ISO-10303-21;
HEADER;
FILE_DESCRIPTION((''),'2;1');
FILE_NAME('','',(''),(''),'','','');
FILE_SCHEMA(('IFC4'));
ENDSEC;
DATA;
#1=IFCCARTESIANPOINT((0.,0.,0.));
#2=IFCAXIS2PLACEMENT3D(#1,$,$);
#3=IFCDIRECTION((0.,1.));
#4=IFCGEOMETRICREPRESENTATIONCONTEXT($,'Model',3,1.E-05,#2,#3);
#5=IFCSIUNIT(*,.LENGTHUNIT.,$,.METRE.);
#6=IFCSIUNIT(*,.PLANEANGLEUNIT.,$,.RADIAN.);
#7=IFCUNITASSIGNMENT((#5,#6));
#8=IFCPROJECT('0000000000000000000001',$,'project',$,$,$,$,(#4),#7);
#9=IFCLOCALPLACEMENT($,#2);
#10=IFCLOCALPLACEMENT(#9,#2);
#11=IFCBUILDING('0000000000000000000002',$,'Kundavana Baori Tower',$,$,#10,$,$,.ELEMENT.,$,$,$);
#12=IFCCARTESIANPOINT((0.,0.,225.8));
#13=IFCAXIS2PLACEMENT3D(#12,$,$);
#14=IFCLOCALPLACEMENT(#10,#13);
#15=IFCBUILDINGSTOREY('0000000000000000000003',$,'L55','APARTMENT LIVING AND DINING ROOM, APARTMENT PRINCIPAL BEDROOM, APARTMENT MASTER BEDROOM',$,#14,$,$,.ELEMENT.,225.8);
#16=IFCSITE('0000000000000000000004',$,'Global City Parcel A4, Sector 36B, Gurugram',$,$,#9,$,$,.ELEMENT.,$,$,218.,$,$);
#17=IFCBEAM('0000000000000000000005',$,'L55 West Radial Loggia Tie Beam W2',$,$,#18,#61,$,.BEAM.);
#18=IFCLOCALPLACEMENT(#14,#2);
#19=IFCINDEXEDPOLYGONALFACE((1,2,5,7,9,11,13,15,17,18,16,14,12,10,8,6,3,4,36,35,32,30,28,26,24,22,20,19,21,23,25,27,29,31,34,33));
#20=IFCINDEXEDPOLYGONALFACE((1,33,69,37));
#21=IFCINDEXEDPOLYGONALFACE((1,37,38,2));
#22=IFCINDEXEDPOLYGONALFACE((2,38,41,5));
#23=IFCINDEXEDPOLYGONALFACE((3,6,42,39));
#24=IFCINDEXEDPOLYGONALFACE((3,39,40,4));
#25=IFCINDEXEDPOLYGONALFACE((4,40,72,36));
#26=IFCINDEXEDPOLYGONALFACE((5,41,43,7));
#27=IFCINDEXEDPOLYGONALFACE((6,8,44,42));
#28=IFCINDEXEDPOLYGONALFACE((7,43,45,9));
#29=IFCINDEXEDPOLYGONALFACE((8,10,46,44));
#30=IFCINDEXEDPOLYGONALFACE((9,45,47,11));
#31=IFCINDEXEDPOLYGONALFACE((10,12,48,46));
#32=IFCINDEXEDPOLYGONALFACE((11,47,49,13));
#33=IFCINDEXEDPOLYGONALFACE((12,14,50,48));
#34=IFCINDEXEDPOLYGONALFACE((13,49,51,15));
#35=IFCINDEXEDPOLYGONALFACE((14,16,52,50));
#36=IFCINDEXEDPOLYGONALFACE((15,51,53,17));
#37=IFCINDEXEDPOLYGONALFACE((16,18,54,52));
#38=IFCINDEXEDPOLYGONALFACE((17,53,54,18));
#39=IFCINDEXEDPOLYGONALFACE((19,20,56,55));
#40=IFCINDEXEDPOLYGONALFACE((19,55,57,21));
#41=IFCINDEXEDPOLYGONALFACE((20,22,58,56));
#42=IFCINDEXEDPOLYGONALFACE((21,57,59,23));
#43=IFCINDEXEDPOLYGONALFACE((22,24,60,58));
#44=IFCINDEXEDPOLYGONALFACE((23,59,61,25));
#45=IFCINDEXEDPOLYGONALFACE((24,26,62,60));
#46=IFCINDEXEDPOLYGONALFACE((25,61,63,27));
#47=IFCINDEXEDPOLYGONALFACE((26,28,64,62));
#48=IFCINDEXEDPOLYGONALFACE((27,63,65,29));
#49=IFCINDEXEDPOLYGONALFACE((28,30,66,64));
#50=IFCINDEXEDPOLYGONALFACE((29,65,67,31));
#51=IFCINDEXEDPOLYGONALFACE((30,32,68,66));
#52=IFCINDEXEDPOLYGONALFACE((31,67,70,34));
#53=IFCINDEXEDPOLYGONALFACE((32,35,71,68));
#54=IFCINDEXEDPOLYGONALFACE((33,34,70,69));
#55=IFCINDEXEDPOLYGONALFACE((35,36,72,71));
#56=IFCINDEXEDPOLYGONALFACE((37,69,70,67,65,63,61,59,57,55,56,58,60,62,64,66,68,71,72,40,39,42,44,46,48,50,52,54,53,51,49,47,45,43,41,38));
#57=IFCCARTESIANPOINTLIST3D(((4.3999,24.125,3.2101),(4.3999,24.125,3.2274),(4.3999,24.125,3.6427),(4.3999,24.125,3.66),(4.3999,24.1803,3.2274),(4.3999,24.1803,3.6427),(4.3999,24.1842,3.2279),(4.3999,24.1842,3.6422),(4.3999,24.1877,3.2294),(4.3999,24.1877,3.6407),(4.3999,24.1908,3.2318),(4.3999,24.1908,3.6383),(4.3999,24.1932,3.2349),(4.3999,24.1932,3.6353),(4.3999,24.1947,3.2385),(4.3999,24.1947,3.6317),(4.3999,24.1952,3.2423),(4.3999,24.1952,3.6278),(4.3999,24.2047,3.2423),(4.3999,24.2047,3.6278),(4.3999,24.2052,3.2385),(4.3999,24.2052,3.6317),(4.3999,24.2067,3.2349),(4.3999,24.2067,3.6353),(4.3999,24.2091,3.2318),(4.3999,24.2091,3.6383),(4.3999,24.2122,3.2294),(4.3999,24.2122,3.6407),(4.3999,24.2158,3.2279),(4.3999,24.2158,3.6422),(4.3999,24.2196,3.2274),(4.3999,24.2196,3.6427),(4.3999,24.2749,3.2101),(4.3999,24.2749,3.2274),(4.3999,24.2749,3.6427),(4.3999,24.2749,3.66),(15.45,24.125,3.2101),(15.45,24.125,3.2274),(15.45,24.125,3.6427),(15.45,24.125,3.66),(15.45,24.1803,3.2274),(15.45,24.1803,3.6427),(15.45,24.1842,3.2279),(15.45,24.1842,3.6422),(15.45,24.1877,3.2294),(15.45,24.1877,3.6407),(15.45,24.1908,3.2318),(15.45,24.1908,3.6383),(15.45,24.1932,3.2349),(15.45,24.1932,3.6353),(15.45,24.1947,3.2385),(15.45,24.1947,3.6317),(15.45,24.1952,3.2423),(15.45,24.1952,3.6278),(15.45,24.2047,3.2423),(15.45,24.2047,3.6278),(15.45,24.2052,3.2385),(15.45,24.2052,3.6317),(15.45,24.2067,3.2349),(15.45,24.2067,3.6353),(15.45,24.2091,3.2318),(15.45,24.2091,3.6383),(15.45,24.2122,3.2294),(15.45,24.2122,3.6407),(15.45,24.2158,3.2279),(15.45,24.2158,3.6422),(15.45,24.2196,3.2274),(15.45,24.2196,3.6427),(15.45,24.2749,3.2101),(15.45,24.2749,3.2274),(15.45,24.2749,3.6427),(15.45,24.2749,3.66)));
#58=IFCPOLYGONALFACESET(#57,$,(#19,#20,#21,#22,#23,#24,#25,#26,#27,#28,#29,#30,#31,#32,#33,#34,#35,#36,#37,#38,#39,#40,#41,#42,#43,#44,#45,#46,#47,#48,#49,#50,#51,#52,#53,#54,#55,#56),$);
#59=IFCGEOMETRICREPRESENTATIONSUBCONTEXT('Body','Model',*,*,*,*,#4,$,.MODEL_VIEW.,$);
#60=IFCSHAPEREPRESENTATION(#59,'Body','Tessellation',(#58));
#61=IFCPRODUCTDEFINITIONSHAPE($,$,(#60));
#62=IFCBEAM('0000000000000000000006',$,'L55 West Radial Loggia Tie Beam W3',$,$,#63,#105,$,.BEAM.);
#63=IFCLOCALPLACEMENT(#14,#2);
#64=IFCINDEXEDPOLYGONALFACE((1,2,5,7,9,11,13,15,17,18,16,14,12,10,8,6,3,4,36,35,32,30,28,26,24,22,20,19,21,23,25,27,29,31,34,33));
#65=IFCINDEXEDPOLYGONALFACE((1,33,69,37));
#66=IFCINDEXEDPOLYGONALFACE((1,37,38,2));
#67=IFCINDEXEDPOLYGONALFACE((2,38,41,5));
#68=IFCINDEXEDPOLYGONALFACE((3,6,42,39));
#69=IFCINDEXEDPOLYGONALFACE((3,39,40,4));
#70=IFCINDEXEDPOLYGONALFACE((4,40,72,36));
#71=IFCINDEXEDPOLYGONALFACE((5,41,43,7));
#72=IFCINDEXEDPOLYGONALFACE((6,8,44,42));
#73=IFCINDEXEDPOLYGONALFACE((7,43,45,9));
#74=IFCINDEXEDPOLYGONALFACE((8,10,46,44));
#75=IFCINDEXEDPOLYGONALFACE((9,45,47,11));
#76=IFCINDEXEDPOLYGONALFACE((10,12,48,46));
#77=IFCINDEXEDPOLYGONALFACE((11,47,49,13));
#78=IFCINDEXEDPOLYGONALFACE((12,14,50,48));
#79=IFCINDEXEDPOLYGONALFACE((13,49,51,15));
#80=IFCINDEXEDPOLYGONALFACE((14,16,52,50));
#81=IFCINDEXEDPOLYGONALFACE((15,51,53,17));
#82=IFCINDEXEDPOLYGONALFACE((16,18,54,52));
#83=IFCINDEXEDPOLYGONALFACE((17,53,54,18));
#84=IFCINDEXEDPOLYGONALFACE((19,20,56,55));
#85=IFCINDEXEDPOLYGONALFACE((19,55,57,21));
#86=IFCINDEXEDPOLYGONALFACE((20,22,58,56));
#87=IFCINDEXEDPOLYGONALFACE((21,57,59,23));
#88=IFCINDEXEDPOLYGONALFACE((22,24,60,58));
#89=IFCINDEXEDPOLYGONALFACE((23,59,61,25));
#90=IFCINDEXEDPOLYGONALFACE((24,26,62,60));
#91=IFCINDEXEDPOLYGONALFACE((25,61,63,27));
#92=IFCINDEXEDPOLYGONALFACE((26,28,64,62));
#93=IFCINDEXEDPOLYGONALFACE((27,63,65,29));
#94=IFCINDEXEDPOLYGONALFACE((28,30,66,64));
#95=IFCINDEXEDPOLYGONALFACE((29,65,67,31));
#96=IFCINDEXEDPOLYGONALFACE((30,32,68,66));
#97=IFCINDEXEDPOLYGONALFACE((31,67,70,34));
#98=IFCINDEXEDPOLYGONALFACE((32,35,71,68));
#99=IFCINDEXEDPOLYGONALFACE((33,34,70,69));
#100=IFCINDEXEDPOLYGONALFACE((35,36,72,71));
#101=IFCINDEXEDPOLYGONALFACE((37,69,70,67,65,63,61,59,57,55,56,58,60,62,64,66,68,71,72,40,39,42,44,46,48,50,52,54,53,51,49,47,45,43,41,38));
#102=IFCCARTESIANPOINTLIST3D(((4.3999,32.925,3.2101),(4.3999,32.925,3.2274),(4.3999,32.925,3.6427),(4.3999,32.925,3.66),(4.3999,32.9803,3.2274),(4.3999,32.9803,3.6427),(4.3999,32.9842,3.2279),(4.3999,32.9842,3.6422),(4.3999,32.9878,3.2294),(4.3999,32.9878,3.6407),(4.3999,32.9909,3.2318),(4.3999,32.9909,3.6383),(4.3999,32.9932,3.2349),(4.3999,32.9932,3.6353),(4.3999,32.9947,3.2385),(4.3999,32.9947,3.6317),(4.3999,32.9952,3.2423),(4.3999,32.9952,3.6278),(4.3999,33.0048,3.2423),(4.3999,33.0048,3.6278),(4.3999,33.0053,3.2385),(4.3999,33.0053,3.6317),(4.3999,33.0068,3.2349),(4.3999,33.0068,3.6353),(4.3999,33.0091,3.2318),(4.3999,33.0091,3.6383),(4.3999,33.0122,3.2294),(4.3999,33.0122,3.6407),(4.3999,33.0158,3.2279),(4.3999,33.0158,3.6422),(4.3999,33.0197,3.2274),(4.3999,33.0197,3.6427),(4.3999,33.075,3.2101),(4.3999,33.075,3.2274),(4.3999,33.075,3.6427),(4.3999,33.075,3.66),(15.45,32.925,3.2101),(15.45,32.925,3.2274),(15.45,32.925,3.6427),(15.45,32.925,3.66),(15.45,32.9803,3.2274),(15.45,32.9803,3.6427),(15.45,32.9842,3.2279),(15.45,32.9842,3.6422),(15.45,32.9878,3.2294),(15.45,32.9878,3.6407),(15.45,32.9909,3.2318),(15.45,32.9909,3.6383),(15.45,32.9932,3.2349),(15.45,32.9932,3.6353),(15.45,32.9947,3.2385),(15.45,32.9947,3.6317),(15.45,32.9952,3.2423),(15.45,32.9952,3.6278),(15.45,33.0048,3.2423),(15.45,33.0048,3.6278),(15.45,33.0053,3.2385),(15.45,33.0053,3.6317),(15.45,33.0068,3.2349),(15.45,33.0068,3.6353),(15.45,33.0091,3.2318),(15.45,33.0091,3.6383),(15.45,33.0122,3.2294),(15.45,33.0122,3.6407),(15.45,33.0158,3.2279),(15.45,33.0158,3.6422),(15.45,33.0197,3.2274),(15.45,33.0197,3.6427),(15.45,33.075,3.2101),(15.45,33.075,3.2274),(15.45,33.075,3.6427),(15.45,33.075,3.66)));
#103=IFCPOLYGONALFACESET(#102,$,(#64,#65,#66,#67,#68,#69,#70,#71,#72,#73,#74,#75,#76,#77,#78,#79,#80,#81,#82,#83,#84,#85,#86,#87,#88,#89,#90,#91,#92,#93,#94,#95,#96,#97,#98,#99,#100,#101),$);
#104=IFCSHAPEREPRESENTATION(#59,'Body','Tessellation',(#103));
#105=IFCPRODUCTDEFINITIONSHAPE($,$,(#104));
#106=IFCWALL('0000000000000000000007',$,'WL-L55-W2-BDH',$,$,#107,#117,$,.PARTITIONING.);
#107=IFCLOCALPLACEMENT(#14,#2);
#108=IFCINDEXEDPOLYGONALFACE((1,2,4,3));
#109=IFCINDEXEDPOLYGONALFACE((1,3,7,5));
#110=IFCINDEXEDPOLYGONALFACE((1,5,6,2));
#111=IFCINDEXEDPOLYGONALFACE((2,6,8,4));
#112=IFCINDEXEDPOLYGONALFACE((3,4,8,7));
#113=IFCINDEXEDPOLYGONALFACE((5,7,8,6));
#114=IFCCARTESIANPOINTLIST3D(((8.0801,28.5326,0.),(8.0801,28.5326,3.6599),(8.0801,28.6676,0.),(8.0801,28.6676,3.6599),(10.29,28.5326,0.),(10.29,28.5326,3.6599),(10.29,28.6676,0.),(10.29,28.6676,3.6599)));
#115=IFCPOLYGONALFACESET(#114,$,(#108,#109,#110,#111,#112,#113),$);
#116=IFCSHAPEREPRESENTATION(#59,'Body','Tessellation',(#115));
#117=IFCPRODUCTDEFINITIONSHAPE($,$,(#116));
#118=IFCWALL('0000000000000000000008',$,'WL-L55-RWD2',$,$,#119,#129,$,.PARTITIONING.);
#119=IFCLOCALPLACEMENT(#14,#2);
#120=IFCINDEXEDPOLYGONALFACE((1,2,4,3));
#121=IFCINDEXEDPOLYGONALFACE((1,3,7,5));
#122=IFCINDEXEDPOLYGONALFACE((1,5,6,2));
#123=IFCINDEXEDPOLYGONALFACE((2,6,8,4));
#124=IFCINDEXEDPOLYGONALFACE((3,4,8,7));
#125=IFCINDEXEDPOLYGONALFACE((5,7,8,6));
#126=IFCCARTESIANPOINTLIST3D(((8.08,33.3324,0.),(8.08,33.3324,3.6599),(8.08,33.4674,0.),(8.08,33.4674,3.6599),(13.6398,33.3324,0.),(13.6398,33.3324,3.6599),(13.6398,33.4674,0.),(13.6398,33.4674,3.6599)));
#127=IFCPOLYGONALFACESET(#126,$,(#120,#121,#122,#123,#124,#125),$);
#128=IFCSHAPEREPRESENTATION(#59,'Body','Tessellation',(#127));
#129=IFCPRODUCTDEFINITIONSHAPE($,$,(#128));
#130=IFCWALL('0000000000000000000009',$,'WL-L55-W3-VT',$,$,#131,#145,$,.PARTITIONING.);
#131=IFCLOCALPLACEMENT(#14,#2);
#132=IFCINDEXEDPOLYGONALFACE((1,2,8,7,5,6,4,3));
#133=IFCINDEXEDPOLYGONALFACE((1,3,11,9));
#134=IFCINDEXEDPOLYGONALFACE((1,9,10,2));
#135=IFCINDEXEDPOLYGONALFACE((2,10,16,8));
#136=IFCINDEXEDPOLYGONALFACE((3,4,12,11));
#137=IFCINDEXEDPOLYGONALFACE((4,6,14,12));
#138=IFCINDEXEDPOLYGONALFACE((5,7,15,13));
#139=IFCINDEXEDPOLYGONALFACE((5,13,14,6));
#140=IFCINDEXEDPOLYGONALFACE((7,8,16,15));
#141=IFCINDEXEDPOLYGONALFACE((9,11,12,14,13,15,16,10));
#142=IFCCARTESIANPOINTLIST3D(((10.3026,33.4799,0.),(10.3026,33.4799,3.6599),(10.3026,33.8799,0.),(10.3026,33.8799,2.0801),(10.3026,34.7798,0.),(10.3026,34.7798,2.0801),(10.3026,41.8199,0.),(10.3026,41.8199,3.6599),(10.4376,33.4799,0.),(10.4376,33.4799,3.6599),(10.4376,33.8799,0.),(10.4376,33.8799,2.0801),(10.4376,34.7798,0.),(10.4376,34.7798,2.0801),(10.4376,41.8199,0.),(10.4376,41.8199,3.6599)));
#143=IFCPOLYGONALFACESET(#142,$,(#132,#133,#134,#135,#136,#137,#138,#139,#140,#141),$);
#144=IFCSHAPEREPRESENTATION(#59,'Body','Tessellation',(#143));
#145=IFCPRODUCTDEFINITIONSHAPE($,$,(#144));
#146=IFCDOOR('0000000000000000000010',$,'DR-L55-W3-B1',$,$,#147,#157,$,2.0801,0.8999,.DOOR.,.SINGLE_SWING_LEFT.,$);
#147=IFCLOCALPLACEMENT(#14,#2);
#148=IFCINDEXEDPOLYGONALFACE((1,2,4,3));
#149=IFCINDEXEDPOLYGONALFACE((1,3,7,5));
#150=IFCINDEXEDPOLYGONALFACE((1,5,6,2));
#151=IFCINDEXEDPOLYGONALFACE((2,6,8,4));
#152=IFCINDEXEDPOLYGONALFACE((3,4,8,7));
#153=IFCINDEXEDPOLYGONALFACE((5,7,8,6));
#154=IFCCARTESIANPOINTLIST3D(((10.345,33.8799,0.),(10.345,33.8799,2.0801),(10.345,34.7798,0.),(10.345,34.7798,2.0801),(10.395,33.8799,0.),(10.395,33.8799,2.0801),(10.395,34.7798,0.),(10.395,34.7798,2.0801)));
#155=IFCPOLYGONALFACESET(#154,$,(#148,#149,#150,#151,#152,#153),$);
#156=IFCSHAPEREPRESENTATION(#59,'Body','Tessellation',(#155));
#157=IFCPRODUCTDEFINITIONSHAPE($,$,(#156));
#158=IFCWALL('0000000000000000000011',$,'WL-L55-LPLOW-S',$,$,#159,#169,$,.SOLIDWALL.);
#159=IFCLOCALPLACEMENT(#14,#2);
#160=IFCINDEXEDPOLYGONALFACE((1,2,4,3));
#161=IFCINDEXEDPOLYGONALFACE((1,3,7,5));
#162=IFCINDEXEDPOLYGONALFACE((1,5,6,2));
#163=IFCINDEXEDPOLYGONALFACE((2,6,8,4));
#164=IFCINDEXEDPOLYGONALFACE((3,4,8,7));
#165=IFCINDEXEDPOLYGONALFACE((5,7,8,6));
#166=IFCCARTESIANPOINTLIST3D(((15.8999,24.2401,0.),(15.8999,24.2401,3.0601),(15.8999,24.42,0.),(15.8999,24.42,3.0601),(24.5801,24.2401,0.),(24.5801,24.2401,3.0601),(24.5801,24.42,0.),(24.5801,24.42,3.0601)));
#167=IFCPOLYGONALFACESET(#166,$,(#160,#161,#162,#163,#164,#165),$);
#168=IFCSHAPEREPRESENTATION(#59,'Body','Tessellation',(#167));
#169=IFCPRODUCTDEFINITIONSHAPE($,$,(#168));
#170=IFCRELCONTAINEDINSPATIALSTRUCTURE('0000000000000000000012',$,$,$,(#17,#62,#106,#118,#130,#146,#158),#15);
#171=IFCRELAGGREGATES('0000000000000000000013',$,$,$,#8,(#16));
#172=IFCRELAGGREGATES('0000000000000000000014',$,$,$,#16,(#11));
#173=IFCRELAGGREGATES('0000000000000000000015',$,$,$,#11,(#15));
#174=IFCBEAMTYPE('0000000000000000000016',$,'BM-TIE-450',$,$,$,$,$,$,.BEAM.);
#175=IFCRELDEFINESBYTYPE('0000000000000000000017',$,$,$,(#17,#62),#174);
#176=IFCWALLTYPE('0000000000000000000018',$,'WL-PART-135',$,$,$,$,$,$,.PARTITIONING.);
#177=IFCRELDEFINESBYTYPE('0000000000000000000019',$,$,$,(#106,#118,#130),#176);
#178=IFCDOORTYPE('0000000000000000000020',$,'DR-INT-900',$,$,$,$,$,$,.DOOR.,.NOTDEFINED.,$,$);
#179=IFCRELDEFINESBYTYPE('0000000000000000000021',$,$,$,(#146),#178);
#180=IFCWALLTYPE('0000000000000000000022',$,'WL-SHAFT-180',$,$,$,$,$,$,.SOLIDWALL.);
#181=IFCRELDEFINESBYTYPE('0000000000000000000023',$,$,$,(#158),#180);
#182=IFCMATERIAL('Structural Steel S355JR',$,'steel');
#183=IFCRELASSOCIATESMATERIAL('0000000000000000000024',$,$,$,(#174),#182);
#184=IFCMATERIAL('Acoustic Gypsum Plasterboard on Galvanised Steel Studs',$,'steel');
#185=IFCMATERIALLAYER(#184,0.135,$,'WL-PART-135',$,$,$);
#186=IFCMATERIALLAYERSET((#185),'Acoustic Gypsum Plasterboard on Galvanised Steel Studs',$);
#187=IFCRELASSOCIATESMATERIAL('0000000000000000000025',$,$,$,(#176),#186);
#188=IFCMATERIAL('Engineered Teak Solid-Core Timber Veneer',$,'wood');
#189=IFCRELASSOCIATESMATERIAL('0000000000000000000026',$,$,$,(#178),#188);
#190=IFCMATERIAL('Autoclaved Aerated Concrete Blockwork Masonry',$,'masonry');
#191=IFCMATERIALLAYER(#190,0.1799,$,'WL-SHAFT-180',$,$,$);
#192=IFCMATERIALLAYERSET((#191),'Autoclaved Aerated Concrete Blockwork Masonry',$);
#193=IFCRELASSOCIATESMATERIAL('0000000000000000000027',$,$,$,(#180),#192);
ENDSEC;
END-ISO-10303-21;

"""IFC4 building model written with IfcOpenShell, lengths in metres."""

from ifc_helpers import new_model, si_unit, direction, frame, frame_2d, origin, origin_2d, place, context, subcontext, project, spatial, rectangle, i_section, extrude, material, layer, layer_set, material_profile, profile_set, type_object, element, fill, save


model = new_model("IFC4")

# Units and contexts
model_context = context("Model", 3, precision=1e-05, world=origin(), true_north=direction((0.0, 1.0)))
body_context = subcontext(model_context, "Body", "Model", "MODEL_VIEW")
ifc_project = project(units=[si_unit("LENGTHUNIT", "METRE"), si_unit("PLANEANGLEUNIT", "RADIAN")], contexts=[model_context])

# Site, building, storey
site_placement = place(None, origin())
site = spatial("IfcSite", under=ifc_project, at=site_placement, Name="Global City Parcel A4, Sector 36B, Gurugram", CompositionType="ELEMENT", RefElevation=218.0)
building_placement = place(site_placement, origin())
building = spatial("IfcBuilding", under=site, at=building_placement, Name="Kundavana Baori Tower", CompositionType="ELEMENT")
storey_placement = place(building_placement, frame((0.0, 0.0, 225.8)))
storey = spatial("IfcBuildingStorey", under=building, at=storey_placement, Name="L55", Description="APARTMENT LIVING AND DINING ROOM, APARTMENT PRINCIPAL BEDROOM, APARTMENT MASTER BEDROOM", CompositionType="ELEMENT", Elevation=225.8)

# Beams
ifc_material_1 = material(Name="Structural Steel S355JR", Category="steel")
ifc_material_profile_1 = material_profile(ifc_material_1, i_section(OverallWidth=0.1499, OverallDepth=0.45, WebThickness=0.0095, FlangeThickness=0.0173, FilletRadius=0.0149, at=origin_2d()), Name="ISMB 450")
ifc_profile_set_1 = profile_set([ifc_material_profile_1], Name="Structural Steel S355JR")
beam_type_1 = type_object("IfcBeamType", Name="BM-TIE-450", PredefinedType="BEAM", material=ifc_profile_set_1)
for number, where, z_axis, x_axis, name in (
    (1, (15.45, 24.2, 3.4351), (-1.0, 0.0, 0.0), (0.0, -1.0, 0.0), "L55 West Radial Loggia Tie Beam W2"),
    (2, (15.45, 33.0, 3.4351), (-1.0, 0.0, 0.0), (0.0, -1.0, 0.0), "L55 West Radial Loggia Tie Beam W3"),
):
    element("IfcBeam", number, at=place(storey_placement, frame(where, z_axis=z_axis, x_axis=x_axis)), inside=storey, type_object=beam_type_1, Name=name, PredefinedType="BEAM", context=body_context, shape_type="SweptSolid", body=[
        extrude(i_section(OverallWidth=0.1499, OverallDepth=0.45, WebThickness=0.0095, FlangeThickness=0.0173, FilletRadius=0.0149, at=origin_2d()), origin(), (0.0, 0.0, 1.0), 11.05),
    ])

# Walls
ifc_material_2 = material(Name="Acoustic Gypsum Plasterboard on Galvanised Steel Studs", Category="steel")
ifc_layer_1 = layer(ifc_material_2, 0.135, Name="WL-PART-135")
ifc_layer_set_1 = layer_set([ifc_layer_1], Name="Acoustic Gypsum Plasterboard on Galvanised Steel Studs")
wall_type_1 = type_object("IfcWallType", Name="WL-PART-135", PredefinedType="PARTITIONING", material=ifc_layer_set_1)
wall_1_placement = place(storey_placement, frame((8.0801, 28.6001, 0.0), z_axis=(0.0, 0.0, 1.0), x_axis=(1.0, 0.0, 0.0)))
element("IfcWall", 3, at=wall_1_placement, inside=storey, type_object=wall_type_1, Name="WL-L55-W2-BDH", PredefinedType="PARTITIONING", context=body_context, shape_type="SweptSolid", body=[
    extrude(rectangle(XDim=2.21, YDim=0.135, at=frame_2d((1.105, 0.0))), origin(), (0.0, 0.0, 1.0), 3.6599),
])
wall_2_placement = place(storey_placement, frame((8.0801, 33.3999, 0.0), z_axis=(0.0, 0.0, 1.0), x_axis=(1.0, 0.0, 0.0)))
element("IfcWall", 4, at=wall_2_placement, inside=storey, type_object=wall_type_1, Name="WL-L55-RWD2", PredefinedType="PARTITIONING", context=body_context, shape_type="SweptSolid", body=[
    extrude(rectangle(XDim=5.5598, YDim=0.135, at=frame_2d((2.7798, 0.0))), origin(), (0.0, 0.0, 1.0), 3.6599),
])

# Wall, opening, door
wall_3_placement = place(storey_placement, frame((10.3701, 33.48, 0.0), z_axis=(0.0, 0.0, 1.0), x_axis=(0.0, 1.0, 0.0)))
wall_3 = element("IfcWall", 5, at=wall_3_placement, inside=storey, type_object=wall_type_1, Name="WL-L55-W3-VT", PredefinedType="PARTITIONING", context=body_context, shape_type="SweptSolid", body=[
    extrude(rectangle(XDim=8.3401, YDim=0.135, at=frame_2d((4.1699, 0.0))), origin(), (0.0, 0.0, 1.0), 3.6599),
])
opening_1_placement = place(wall_3_placement, frame((0.3999, 0.0, 0.0)))
opening_1 = element("IfcOpeningElement", 6, at=opening_1_placement, cuts=wall_3, PredefinedType="OPENING", context=body_context, shape_type="SweptSolid", body=[
    extrude(rectangle(XDim=0.8999, YDim=2.0801, at=frame_2d((0.45, 1.04))), frame((0.0, 0.0776, 0.0), z_axis=(0.0, -1.0, 0.0), x_axis=(1.0, 0.0, 0.0)), (0.0, 0.0, 1.0), 0.155),
])
ifc_material_3 = material(Name="Engineered Teak Solid-Core Timber Veneer", Category="wood")
door_type_1 = type_object("IfcDoorType", Name="DR-INT-900", OperationType="NOTDEFINED", PredefinedType="DOOR", material=ifc_material_3)
door_1_placement = place(opening_1_placement, frame((0.8999, 0.0, 0.0), z_axis=(0.0, 0.0, 1.0), x_axis=(-1.0, 0.0, 0.0)))
door_1 = element("IfcDoor", 7, at=door_1_placement, inside=storey, type_object=door_type_1, Name="DR-L55-W3-B1", OperationType="SINGLE_SWING_LEFT", OverallHeight=2.0801, OverallWidth=0.8999, PredefinedType="DOOR", context=body_context, shape_type="SweptSolid", body=[
    extrude(rectangle(XDim=0.8999, YDim=2.0801, at=frame_2d((0.45, 1.04))), frame((0.0, 0.0249, 0.0), z_axis=(0.0, -1.0, 0.0), x_axis=(1.0, 0.0, 0.0)), (0.0, 0.0, 1.0), 0.05),
])
fill(opening_1, door_1)

# Wall
ifc_material_4 = material(Name="Autoclaved Aerated Concrete Blockwork Masonry", Category="masonry")
ifc_layer_2 = layer(ifc_material_4, 0.1799, Name="WL-SHAFT-180")
ifc_layer_set_2 = layer_set([ifc_layer_2], Name="Autoclaved Aerated Concrete Blockwork Masonry")
wall_type_2 = type_object("IfcWallType", Name="WL-SHAFT-180", PredefinedType="SOLIDWALL", material=ifc_layer_set_2)
wall_4_placement = place(storey_placement, frame((15.8999, 24.3301, 0.0), z_axis=(0.0, 0.0, 1.0), x_axis=(1.0, 0.0, 0.0)))
element("IfcWall", 8, at=wall_4_placement, inside=storey, type_object=wall_type_2, Name="WL-L55-LPLOW-S", PredefinedType="SOLIDWALL", context=body_context, shape_type="SweptSolid", body=[
    extrude(rectangle(XDim=8.6802, YDim=0.1799, at=frame_2d((4.3401, 0.0))), origin(), (0.0, 0.0, 1.0), 3.0601),
])

save(model, "model.ifc")
